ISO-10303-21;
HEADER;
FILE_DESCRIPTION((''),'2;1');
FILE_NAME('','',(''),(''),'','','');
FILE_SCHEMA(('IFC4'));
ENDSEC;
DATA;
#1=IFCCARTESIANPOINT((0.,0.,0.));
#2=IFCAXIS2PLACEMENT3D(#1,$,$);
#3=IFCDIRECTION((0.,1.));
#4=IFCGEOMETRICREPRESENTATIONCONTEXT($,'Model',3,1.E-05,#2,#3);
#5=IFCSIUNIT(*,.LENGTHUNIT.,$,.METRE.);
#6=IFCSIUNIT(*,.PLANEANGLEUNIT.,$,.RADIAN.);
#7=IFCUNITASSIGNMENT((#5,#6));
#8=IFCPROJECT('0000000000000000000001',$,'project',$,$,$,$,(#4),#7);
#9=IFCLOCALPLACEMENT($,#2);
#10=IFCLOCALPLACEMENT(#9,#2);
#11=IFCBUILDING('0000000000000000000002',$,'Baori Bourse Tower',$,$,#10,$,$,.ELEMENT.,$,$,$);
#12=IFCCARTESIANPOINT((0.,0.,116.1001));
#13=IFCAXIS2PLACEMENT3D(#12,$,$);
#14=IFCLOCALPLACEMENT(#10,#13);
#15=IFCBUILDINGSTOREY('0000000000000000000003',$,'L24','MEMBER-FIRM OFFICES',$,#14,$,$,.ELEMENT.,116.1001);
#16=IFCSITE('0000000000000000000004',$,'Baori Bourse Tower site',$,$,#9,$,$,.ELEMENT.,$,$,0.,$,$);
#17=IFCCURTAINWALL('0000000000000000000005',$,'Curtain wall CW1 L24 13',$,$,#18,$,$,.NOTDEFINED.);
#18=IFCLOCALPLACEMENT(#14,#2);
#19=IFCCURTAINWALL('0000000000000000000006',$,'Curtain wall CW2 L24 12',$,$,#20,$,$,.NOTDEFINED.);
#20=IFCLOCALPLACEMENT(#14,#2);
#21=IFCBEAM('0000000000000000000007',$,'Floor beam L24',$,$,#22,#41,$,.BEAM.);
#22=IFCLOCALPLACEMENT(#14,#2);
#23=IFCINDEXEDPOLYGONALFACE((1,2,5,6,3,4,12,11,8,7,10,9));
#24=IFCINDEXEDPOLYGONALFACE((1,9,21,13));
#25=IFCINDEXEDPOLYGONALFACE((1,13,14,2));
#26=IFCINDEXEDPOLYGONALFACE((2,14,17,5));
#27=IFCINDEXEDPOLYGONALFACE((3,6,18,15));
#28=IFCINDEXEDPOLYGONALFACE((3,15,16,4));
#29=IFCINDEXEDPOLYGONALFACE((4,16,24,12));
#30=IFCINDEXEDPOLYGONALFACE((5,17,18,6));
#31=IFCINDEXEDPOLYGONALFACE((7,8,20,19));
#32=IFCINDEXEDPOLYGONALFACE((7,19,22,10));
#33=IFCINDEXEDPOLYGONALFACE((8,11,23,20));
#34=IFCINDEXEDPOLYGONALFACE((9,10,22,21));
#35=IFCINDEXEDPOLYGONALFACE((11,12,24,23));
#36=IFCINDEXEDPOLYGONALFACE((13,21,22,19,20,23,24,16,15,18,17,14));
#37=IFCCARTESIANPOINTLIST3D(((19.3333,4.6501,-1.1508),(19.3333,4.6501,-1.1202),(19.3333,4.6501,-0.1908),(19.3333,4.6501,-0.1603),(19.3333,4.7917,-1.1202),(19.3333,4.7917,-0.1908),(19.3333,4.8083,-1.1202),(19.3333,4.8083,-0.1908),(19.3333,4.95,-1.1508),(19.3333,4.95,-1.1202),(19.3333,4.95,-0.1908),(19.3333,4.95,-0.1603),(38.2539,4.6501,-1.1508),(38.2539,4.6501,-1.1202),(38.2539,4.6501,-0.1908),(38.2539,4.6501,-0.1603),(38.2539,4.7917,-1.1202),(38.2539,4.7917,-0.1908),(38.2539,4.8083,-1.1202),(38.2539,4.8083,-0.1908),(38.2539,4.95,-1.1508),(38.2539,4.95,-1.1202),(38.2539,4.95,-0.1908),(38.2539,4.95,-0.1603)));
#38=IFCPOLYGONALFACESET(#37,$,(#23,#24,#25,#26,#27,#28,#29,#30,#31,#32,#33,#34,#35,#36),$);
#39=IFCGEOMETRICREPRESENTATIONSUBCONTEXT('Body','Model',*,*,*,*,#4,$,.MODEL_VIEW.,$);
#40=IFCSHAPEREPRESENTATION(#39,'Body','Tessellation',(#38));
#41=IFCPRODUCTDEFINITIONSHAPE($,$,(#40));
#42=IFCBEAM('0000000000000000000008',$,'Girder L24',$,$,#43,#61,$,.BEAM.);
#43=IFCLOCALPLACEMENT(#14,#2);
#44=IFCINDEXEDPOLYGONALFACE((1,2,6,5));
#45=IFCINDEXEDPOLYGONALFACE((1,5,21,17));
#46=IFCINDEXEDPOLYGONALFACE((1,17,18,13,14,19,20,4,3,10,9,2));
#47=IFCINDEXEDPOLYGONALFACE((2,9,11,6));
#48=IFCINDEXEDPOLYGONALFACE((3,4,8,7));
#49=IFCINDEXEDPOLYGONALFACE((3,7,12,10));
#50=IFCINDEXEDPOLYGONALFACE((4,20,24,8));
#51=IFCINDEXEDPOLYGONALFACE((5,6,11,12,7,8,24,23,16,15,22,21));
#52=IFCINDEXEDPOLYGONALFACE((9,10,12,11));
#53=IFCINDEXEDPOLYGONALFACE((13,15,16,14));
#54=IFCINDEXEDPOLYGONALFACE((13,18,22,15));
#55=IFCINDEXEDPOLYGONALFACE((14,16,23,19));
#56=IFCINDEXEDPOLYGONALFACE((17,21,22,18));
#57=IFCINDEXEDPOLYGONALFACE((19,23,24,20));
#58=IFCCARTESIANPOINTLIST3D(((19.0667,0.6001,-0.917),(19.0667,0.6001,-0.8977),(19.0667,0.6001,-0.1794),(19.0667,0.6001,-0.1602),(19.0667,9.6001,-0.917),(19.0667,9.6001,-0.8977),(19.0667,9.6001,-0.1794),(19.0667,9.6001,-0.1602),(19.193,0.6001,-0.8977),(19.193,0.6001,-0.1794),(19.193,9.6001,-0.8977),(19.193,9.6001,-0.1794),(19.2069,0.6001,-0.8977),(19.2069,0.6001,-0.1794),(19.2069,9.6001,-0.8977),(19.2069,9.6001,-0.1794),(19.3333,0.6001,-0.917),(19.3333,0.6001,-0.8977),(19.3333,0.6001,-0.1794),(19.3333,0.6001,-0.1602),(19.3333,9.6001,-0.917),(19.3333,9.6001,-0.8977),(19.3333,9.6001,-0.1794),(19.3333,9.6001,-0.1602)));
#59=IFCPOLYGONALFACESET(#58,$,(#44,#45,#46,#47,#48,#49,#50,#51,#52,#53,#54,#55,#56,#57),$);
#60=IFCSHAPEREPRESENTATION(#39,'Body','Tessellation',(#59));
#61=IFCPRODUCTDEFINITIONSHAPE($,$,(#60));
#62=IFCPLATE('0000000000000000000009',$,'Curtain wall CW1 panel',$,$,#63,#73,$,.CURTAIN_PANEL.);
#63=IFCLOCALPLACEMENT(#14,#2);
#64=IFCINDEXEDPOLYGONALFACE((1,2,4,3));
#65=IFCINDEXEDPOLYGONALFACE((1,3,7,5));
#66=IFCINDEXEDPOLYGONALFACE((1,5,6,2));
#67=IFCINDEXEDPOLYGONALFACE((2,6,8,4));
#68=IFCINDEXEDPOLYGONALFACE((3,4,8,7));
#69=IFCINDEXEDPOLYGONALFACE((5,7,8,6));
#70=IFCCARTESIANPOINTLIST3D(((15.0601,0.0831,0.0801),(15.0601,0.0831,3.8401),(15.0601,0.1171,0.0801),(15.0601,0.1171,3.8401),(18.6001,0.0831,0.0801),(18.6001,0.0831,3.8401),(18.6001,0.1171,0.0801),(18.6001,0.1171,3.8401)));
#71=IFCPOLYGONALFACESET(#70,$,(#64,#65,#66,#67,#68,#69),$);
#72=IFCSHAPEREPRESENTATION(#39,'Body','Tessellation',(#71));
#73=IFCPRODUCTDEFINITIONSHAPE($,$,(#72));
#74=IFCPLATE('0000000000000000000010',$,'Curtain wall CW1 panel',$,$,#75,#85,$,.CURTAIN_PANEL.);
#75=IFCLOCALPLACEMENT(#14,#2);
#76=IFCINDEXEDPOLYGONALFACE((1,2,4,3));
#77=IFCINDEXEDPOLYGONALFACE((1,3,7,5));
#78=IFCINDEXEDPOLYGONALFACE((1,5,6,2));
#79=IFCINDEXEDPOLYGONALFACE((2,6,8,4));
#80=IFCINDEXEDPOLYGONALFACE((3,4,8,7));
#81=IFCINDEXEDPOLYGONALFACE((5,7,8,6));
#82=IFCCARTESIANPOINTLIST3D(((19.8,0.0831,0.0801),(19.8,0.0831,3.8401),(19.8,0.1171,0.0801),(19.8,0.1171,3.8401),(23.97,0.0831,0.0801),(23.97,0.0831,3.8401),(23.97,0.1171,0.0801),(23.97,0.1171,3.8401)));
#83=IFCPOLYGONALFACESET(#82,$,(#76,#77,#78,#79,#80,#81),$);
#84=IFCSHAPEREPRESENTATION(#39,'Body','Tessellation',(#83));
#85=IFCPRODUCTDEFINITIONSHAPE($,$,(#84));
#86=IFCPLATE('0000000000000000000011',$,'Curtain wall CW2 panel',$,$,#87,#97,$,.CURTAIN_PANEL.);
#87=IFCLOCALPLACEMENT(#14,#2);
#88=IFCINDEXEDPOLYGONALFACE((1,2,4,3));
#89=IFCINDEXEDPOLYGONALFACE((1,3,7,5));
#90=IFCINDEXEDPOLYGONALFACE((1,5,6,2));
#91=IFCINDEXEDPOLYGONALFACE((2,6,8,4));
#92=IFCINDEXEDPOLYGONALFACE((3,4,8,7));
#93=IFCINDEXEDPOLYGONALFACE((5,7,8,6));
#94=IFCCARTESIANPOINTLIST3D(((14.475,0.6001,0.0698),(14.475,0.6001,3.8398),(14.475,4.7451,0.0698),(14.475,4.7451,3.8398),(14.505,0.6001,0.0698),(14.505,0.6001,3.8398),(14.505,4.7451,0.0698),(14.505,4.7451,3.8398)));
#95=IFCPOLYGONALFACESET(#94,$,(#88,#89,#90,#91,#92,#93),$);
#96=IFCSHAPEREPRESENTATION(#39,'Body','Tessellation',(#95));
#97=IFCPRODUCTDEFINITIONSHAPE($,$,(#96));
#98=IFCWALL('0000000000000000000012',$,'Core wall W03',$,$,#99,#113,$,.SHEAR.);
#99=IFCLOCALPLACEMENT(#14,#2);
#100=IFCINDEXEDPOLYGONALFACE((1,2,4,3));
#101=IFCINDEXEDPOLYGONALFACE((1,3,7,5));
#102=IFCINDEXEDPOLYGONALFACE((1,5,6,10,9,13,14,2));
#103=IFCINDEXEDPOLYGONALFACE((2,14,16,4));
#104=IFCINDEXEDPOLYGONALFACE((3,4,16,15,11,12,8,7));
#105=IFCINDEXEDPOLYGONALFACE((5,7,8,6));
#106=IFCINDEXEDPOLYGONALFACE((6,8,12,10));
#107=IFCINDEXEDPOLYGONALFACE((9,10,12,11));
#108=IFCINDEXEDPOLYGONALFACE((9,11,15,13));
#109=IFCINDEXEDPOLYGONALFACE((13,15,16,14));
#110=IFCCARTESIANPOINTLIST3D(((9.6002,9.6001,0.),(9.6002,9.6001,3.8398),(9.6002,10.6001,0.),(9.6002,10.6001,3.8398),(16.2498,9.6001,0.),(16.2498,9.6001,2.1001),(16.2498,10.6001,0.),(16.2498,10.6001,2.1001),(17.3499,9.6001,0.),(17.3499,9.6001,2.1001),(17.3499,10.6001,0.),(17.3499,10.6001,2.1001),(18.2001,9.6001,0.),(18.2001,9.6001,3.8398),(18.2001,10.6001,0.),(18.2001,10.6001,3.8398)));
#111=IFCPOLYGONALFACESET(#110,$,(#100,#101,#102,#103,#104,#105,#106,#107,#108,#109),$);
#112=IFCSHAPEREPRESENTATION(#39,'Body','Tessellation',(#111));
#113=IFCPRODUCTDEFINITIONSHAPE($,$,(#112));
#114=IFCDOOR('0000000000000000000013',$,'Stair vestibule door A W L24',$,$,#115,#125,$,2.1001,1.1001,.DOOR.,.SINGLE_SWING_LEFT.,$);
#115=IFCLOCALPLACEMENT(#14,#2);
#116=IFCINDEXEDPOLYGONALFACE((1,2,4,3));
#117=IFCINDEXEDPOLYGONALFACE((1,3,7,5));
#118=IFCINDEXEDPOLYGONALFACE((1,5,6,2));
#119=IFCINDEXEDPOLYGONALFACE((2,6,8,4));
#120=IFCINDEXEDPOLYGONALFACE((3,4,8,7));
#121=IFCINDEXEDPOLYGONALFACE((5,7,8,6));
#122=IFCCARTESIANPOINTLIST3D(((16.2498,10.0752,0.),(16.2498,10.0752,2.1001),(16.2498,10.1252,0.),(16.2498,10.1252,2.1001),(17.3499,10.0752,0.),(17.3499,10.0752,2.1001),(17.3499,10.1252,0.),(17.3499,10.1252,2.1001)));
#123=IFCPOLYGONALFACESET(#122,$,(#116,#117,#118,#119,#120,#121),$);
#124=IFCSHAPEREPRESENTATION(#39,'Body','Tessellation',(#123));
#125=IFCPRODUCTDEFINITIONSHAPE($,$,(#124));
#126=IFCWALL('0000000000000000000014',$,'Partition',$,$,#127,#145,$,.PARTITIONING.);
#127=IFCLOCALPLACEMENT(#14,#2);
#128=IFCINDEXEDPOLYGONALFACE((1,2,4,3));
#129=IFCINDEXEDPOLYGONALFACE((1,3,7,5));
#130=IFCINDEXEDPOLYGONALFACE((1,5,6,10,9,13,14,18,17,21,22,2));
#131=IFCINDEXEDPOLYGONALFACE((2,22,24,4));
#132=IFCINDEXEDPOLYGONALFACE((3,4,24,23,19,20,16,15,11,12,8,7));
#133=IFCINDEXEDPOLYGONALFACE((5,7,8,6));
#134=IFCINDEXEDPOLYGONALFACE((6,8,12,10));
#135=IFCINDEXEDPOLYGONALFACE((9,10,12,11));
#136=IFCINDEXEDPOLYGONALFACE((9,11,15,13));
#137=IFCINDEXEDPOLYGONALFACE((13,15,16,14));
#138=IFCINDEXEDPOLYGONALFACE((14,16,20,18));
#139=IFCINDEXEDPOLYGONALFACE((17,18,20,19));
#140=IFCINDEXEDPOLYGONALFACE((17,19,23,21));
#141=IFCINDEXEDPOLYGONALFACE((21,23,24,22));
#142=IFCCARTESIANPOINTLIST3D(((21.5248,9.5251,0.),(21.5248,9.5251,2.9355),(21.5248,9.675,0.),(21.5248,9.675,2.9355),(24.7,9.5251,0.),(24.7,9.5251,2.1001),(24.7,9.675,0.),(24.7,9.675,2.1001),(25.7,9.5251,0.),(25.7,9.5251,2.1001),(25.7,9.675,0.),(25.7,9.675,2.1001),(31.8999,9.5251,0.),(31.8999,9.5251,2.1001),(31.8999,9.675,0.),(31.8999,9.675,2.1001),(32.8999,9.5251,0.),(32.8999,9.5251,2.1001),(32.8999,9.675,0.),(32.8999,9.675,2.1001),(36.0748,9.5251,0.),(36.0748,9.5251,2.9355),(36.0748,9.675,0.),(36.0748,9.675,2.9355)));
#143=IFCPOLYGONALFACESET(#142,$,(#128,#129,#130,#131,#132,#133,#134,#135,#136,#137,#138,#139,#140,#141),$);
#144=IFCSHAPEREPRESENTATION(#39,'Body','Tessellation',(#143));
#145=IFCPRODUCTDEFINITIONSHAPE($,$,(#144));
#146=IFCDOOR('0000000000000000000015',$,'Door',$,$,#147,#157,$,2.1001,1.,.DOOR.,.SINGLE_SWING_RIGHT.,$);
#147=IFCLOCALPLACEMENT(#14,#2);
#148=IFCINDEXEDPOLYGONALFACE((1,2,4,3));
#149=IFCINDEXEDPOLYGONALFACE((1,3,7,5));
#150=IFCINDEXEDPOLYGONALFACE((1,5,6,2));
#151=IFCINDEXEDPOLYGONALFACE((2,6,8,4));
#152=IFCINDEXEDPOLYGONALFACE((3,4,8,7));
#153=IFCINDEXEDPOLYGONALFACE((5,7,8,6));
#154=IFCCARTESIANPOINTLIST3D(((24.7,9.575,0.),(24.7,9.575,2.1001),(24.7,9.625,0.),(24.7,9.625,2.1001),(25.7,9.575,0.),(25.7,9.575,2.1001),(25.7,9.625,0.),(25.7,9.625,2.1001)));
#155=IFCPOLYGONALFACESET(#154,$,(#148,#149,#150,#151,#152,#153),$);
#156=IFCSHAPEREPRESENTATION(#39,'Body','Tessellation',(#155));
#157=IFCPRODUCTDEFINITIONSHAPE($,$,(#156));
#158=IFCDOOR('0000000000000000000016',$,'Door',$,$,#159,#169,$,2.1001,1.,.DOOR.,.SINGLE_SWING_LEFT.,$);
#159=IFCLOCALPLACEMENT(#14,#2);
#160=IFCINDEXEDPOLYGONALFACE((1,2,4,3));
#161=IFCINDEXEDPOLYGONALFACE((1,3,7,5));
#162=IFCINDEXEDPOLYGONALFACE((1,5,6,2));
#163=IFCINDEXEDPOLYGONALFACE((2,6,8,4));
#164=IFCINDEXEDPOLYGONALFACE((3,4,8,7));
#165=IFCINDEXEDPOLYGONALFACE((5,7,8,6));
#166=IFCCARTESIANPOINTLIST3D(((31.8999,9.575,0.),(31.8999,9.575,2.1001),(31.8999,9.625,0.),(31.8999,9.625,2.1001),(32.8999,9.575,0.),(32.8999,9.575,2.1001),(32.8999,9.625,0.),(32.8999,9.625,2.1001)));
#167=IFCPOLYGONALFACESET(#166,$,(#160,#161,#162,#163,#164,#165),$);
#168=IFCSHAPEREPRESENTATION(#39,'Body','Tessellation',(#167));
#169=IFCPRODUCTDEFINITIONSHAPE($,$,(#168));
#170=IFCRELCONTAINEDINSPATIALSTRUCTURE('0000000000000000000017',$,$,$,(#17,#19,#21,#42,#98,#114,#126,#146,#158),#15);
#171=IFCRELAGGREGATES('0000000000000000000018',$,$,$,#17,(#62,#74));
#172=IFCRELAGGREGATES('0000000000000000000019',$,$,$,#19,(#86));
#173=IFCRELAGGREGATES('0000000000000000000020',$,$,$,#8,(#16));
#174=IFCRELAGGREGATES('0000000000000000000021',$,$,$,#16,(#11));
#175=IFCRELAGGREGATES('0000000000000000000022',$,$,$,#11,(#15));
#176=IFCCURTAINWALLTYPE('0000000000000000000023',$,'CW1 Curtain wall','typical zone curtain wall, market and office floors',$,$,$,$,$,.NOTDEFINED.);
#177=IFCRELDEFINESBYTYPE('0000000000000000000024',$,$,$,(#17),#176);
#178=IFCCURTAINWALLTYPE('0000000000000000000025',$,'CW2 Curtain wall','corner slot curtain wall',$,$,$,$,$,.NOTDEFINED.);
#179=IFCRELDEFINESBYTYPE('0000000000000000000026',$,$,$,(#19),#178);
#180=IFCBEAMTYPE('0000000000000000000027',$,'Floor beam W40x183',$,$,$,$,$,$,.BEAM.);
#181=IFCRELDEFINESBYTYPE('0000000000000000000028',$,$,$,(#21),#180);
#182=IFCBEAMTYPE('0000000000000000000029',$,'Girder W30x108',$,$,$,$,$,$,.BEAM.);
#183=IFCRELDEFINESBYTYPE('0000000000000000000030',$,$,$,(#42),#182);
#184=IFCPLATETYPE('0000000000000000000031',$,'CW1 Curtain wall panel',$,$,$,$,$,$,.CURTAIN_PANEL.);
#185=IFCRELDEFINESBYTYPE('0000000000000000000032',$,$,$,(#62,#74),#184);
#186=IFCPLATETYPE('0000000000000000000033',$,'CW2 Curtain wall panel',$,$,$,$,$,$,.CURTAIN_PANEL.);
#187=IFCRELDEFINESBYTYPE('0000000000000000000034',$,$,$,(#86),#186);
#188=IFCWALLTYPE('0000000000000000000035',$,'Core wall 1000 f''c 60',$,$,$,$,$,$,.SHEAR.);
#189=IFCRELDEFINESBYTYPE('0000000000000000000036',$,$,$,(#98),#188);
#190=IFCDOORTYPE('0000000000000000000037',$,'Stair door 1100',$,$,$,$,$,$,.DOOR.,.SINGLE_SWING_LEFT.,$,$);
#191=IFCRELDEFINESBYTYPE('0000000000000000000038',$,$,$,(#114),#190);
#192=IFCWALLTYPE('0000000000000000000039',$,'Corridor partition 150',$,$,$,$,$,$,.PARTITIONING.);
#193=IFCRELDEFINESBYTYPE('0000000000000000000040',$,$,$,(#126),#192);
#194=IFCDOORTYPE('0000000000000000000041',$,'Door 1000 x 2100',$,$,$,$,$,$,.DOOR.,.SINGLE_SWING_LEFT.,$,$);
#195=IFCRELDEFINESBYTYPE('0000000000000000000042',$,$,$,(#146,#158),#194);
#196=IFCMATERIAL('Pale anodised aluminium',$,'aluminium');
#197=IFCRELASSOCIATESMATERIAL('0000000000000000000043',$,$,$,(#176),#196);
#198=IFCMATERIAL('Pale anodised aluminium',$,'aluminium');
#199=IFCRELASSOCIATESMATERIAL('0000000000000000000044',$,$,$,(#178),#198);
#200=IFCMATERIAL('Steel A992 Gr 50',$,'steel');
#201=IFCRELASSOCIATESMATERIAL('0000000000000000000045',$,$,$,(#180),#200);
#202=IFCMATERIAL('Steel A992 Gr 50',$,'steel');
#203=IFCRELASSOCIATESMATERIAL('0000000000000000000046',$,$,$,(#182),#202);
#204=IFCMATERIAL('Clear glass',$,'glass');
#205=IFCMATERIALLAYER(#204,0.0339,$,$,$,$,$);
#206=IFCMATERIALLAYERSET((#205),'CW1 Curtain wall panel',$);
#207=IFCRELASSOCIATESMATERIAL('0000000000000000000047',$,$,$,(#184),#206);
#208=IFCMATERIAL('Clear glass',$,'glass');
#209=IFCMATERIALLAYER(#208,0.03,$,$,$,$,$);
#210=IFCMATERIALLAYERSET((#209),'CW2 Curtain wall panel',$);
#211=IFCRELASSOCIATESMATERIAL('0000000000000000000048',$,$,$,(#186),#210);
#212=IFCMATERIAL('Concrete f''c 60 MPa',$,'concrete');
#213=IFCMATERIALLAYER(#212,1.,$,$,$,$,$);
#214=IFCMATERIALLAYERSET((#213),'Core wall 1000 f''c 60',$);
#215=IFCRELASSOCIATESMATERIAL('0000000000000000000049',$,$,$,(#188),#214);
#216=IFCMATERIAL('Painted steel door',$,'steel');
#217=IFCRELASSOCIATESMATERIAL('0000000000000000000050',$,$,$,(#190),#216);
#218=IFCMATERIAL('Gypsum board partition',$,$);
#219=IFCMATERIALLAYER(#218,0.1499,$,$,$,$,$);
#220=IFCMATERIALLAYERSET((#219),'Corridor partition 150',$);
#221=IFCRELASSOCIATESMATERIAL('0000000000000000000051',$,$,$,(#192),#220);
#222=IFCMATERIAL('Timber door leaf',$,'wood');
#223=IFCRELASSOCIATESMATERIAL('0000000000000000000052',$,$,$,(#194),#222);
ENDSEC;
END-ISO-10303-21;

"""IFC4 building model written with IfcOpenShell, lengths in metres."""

from ifc_helpers import new_model, si_unit, direction, frame, frame_2d, origin, origin_2d, place, context, subcontext, project, spatial, rectangle, i_section, extrude, material, layer, layer_set, material_profile, profile_set, type_object, element, fill, aggregate, save


model = new_model("IFC4")

# Units and contexts
model_context = context("Model", 3, precision=1e-05, world=origin(), true_north=direction((0.0, 1.0)))
body_context = subcontext(model_context, "Body", "Model", "MODEL_VIEW")
ifc_project = project(units=[si_unit("LENGTHUNIT", "METRE"), si_unit("PLANEANGLEUNIT", "RADIAN")], contexts=[model_context])

# Site, building, storey
site_placement = place(None, origin())
site = spatial("IfcSite", under=ifc_project, at=site_placement, Name="Baori Bourse Tower site", CompositionType="ELEMENT", RefElevation=0.0)
building_placement = place(site_placement, origin())
building = spatial("IfcBuilding", under=site, at=building_placement, Name="Baori Bourse Tower", CompositionType="ELEMENT")
storey_placement = place(building_placement, frame((0.0, 0.0, 116.1001)))
storey = spatial("IfcBuildingStorey", under=building, at=storey_placement, Name="L24", Description="MEMBER-FIRM OFFICES", CompositionType="ELEMENT", Elevation=116.1001)

# Curtain walls
ifc_material_1 = material(Name="Pale anodised aluminium", Category="aluminium")
curtain_wall_type_1 = type_object("IfcCurtainWallType", Name="CW1 Curtain wall", Description="typical zone curtain wall, market and office floors", PredefinedType="NOTDEFINED", material=ifc_material_1)
curtain_wall_1_placement = place(storey_placement, origin())
curtain_wall_1 = element("IfcCurtainWall", 1, at=curtain_wall_1_placement, inside=storey, type_object=curtain_wall_type_1, Name="Curtain wall CW1 L24 13", PredefinedType="NOTDEFINED")
ifc_material_2 = material(Name="Pale anodised aluminium", Category="aluminium")
curtain_wall_type_2 = type_object("IfcCurtainWallType", Name="CW2 Curtain wall", Description="corner slot curtain wall", PredefinedType="NOTDEFINED", material=ifc_material_2)
curtain_wall_2_placement = place(storey_placement, origin())
curtain_wall_2 = element("IfcCurtainWall", 2, at=curtain_wall_2_placement, inside=storey, type_object=curtain_wall_type_2, Name="Curtain wall CW2 L24 12", PredefinedType="NOTDEFINED")

# Beams
ifc_material_3 = material(Name="Steel A992 Gr 50", Category="steel")
ifc_material_profile_1 = material_profile(ifc_material_3, i_section(OverallWidth=0.2998, OverallDepth=0.9905, WebThickness=0.0166, FlangeThickness=0.0305, at=origin_2d()), Name="W40x183")
ifc_profile_set_1 = profile_set([ifc_material_profile_1], Name="Steel A992 Gr 50")
beam_type_1 = type_object("IfcBeamType", Name="Floor beam W40x183", PredefinedType="BEAM", material=ifc_profile_set_1)
beam_1_placement = place(storey_placement, frame((19.3333, 4.8, -0.6555), z_axis=(1.0, 0.0, 0.0), x_axis=(0.0, 1.0, 0.0)))
element("IfcBeam", 3, at=beam_1_placement, inside=storey, type_object=beam_type_1, Name="Floor beam L24", PredefinedType="BEAM", context=body_context, shape_type="SweptSolid", body=[
    extrude(i_section(OverallWidth=0.2998, OverallDepth=0.9905, WebThickness=0.0166, FlangeThickness=0.0305, at=origin_2d()), origin(), (0.0, 0.0, 1.0), 18.9207),
])
ifc_material_4 = material(Name="Steel A992 Gr 50", Category="steel")
ifc_material_profile_2 = material_profile(ifc_material_4, i_section(OverallWidth=0.2666, OverallDepth=0.7568, WebThickness=0.0139, FlangeThickness=0.0193, at=origin_2d()), Name="W30x108")
ifc_profile_set_2 = profile_set([ifc_material_profile_2], Name="Steel A992 Gr 50")
beam_type_2 = type_object("IfcBeamType", Name="Girder W30x108", PredefinedType="BEAM", material=ifc_profile_set_2)
beam_2_placement = place(storey_placement, frame((19.2, 0.6001, -0.5386), z_axis=(0.0, 1.0, 0.0), x_axis=(-1.0, 0.0, 0.0)))
element("IfcBeam", 4, at=beam_2_placement, inside=storey, type_object=beam_type_2, Name="Girder L24", PredefinedType="BEAM", context=body_context, shape_type="SweptSolid", body=[
    extrude(i_section(OverallWidth=0.2666, OverallDepth=0.7568, WebThickness=0.0139, FlangeThickness=0.0193, at=origin_2d()), origin(), (0.0, 0.0, 1.0), 9.0),
])

# Plates
ifc_material_5 = material(Name="Clear glass", Category="glass")
ifc_layer_1 = layer(ifc_material_5, 0.0339)
ifc_layer_set_1 = layer_set([ifc_layer_1], Name="CW1 Curtain wall panel")
plate_type_1 = type_object("IfcPlateType", Name="CW1 Curtain wall panel", PredefinedType="CURTAIN_PANEL", material=ifc_layer_set_1)
plate_1_placement = place(storey_placement, frame((16.8301, 0.1001, 0.0801), z_axis=(0.0, 0.0, 1.0), x_axis=(1.0, 0.0, 0.0)))
plate_1 = element("IfcPlate", 5, at=plate_1_placement, type_object=plate_type_1, Name="Curtain wall CW1 panel", PredefinedType="CURTAIN_PANEL", context=body_context, shape_type="SweptSolid", body=[
    extrude(rectangle(XDim=3.54, YDim=0.0339, at=origin_2d()), origin(), (0.0, 0.0, 1.0), 3.76),
])
plate_2_placement = place(storey_placement, frame((21.885, 0.1001, 0.0801), z_axis=(0.0, 0.0, 1.0), x_axis=(1.0, 0.0, 0.0)))
plate_2 = element("IfcPlate", 6, at=plate_2_placement, type_object=plate_type_1, Name="Curtain wall CW1 panel", PredefinedType="CURTAIN_PANEL", context=body_context, shape_type="SweptSolid", body=[
    extrude(rectangle(XDim=4.1699, YDim=0.0339, at=origin_2d()), origin(), (0.0, 0.0, 1.0), 3.76),
])
aggregate(curtain_wall_1, [plate_1, plate_2])
ifc_material_6 = material(Name="Clear glass", Category="glass")
ifc_layer_2 = layer(ifc_material_6, 0.03)
ifc_layer_set_2 = layer_set([ifc_layer_2], Name="CW2 Curtain wall panel")
plate_type_2 = type_object("IfcPlateType", Name="CW2 Curtain wall panel", PredefinedType="CURTAIN_PANEL", material=ifc_layer_set_2)
plate_3_placement = place(storey_placement, frame((14.49, 2.6726, 0.0698), z_axis=(0.0, 0.0, 1.0), x_axis=(0.0, -1.0, 0.0)))
plate_3 = element("IfcPlate", 7, at=plate_3_placement, type_object=plate_type_2, Name="Curtain wall CW2 panel", PredefinedType="CURTAIN_PANEL", context=body_context, shape_type="SweptSolid", body=[
    extrude(rectangle(XDim=4.145, YDim=0.03, at=origin_2d()), origin(), (0.0, 0.0, 1.0), 3.77),
])
aggregate(curtain_wall_2, [plate_3])

# Wall, opening, door
ifc_material_7 = material(Name="Concrete f'c 60 MPa", Category="concrete")
ifc_layer_3 = layer(ifc_material_7, 1.0)
ifc_layer_set_3 = layer_set([ifc_layer_3], Name="Core wall 1000 f'c 60")
wall_type_1 = type_object("IfcWallType", Name="Core wall 1000 f'c 60", PredefinedType="SHEAR", material=ifc_layer_set_3)
wall_1_placement = place(storey_placement, frame((18.2, 10.1001, 0.0), z_axis=(0.0, 0.0, 1.0), x_axis=(-1.0, 0.0, 0.0)))
wall_1 = element("IfcWall", 8, at=wall_1_placement, inside=storey, type_object=wall_type_1, Name="Core wall W03", PredefinedType="SHEAR", context=body_context, shape_type="SweptSolid", body=[
    extrude(rectangle(XDim=8.5999, YDim=1.0, at=frame_2d((4.2998, 0.0))), origin(), (0.0, 0.0, 1.0), 3.8398),
])
opening_1_placement = place(wall_1_placement, frame((0.8501, 0.0, 0.0)))
opening_1 = element("IfcOpeningElement", 9, at=opening_1_placement, cuts=wall_1, PredefinedType="OPENING", context=body_context, shape_type="SweptSolid", body=[
    extrude(rectangle(XDim=1.1001, YDim=2.1001, at=frame_2d((0.55, 1.05))), frame((0.0, 0.51, 0.0), z_axis=(0.0, -1.0, 0.0), x_axis=(1.0, 0.0, 0.0)), (0.0, 0.0, 1.0), 1.02),
])
ifc_material_8 = material(Name="Painted steel door", Category="steel")
door_type_1 = type_object("IfcDoorType", Name="Stair door 1100", OperationType="SINGLE_SWING_LEFT", PredefinedType="DOOR", material=ifc_material_8)
door_1_placement = place(opening_1_placement, origin())
door_1 = element("IfcDoor", 10, at=door_1_placement, inside=storey, type_object=door_type_1, Name="Stair vestibule door A W L24", OperationType="SINGLE_SWING_LEFT", OverallHeight=2.1001, OverallWidth=1.1001, PredefinedType="DOOR", context=body_context, shape_type="SweptSolid", body=[
    extrude(rectangle(XDim=1.1001, YDim=2.1001, at=frame_2d((0.55, 1.05))), frame((0.0, 0.0249, 0.0), z_axis=(0.0, -1.0, 0.0), x_axis=(1.0, 0.0, 0.0)), (0.0, 0.0, 1.0), 0.05),
])
fill(opening_1, door_1)

# Wall, openings, doors
ifc_material_9 = material(Name="Gypsum board partition")
ifc_layer_4 = layer(ifc_material_9, 0.1499)
ifc_layer_set_4 = layer_set([ifc_layer_4], Name="Corridor partition 150")
wall_type_2 = type_object("IfcWallType", Name="Corridor partition 150", PredefinedType="PARTITIONING", material=ifc_layer_set_4)
wall_2_placement = place(storey_placement, frame((21.5249, 9.6001, 0.0), z_axis=(0.0, 0.0, 1.0), x_axis=(1.0, 0.0, 0.0)))
wall_2 = element("IfcWall", 11, at=wall_2_placement, inside=storey, type_object=wall_type_2, Name="Partition", PredefinedType="PARTITIONING", context=body_context, shape_type="SweptSolid", body=[
    extrude(rectangle(XDim=14.55, YDim=0.1499, at=frame_2d((7.2749, 0.0))), origin(), (0.0, 0.0, 1.0), 2.9355),
])
opening_2_placement = place(wall_2_placement, frame((3.175, 0.0, 0.0)))
opening_2 = element("IfcOpeningElement", 12, at=opening_2_placement, cuts=wall_2, PredefinedType="OPENING", context=body_context, shape_type="SweptSolid", body=[
    extrude(rectangle(XDim=1.0, YDim=2.1001, at=frame_2d((0.5, 1.05))), frame((0.0, 0.085, 0.0), z_axis=(0.0, -1.0, 0.0), x_axis=(1.0, 0.0, 0.0)), (0.0, 0.0, 1.0), 0.1699),
])
opening_3_placement = place(wall_2_placement, frame((10.375, 0.0, 0.0)))
opening_3 = element("IfcOpeningElement", 13, at=opening_3_placement, cuts=wall_2, PredefinedType="OPENING", context=body_context, shape_type="SweptSolid", body=[
    extrude(rectangle(XDim=1.0, YDim=2.1001, at=frame_2d((0.5, 1.05))), frame((0.0, 0.085, 0.0), z_axis=(0.0, -1.0, 0.0), x_axis=(1.0, 0.0, 0.0)), (0.0, 0.0, 1.0), 0.1699),
])
ifc_material_10 = material(Name="Timber door leaf", Category="wood")
door_type_2 = type_object("IfcDoorType", Name="Door 1000 x 2100", OperationType="SINGLE_SWING_LEFT", PredefinedType="DOOR", material=ifc_material_10)
door_2_placement = place(opening_2_placement, origin())
door_2 = element("IfcDoor", 14, at=door_2_placement, inside=storey, type_object=door_type_2, Name="Door", OperationType="SINGLE_SWING_RIGHT", OverallHeight=2.1001, OverallWidth=1.0, PredefinedType="DOOR", context=body_context, shape_type="SweptSolid", body=[
    extrude(rectangle(XDim=1.0, YDim=2.1001, at=frame_2d((0.5, 1.05))), frame((0.0, 0.0249, 0.0), z_axis=(0.0, -1.0, 0.0), x_axis=(1.0, 0.0, 0.0)), (0.0, 0.0, 1.0), 0.05),
])
fill(opening_2, door_2)
door_3_placement = place(opening_3_placement, origin())
door_3 = element("IfcDoor", 15, at=door_3_placement, inside=storey, type_object=door_type_2, Name="Door", OperationType="SINGLE_SWING_LEFT", OverallHeight=2.1001, OverallWidth=1.0, PredefinedType="DOOR", context=body_context, shape_type="SweptSolid", body=[
    extrude(rectangle(XDim=1.0, YDim=2.1001, at=frame_2d((0.5, 1.05))), frame((0.0, 0.0249, 0.0), z_axis=(0.0, -1.0, 0.0), x_axis=(1.0, 0.0, 0.0)), (0.0, 0.0, 1.0), 0.05),
])
fill(opening_3, door_3)

save(model, "model.ifc")
